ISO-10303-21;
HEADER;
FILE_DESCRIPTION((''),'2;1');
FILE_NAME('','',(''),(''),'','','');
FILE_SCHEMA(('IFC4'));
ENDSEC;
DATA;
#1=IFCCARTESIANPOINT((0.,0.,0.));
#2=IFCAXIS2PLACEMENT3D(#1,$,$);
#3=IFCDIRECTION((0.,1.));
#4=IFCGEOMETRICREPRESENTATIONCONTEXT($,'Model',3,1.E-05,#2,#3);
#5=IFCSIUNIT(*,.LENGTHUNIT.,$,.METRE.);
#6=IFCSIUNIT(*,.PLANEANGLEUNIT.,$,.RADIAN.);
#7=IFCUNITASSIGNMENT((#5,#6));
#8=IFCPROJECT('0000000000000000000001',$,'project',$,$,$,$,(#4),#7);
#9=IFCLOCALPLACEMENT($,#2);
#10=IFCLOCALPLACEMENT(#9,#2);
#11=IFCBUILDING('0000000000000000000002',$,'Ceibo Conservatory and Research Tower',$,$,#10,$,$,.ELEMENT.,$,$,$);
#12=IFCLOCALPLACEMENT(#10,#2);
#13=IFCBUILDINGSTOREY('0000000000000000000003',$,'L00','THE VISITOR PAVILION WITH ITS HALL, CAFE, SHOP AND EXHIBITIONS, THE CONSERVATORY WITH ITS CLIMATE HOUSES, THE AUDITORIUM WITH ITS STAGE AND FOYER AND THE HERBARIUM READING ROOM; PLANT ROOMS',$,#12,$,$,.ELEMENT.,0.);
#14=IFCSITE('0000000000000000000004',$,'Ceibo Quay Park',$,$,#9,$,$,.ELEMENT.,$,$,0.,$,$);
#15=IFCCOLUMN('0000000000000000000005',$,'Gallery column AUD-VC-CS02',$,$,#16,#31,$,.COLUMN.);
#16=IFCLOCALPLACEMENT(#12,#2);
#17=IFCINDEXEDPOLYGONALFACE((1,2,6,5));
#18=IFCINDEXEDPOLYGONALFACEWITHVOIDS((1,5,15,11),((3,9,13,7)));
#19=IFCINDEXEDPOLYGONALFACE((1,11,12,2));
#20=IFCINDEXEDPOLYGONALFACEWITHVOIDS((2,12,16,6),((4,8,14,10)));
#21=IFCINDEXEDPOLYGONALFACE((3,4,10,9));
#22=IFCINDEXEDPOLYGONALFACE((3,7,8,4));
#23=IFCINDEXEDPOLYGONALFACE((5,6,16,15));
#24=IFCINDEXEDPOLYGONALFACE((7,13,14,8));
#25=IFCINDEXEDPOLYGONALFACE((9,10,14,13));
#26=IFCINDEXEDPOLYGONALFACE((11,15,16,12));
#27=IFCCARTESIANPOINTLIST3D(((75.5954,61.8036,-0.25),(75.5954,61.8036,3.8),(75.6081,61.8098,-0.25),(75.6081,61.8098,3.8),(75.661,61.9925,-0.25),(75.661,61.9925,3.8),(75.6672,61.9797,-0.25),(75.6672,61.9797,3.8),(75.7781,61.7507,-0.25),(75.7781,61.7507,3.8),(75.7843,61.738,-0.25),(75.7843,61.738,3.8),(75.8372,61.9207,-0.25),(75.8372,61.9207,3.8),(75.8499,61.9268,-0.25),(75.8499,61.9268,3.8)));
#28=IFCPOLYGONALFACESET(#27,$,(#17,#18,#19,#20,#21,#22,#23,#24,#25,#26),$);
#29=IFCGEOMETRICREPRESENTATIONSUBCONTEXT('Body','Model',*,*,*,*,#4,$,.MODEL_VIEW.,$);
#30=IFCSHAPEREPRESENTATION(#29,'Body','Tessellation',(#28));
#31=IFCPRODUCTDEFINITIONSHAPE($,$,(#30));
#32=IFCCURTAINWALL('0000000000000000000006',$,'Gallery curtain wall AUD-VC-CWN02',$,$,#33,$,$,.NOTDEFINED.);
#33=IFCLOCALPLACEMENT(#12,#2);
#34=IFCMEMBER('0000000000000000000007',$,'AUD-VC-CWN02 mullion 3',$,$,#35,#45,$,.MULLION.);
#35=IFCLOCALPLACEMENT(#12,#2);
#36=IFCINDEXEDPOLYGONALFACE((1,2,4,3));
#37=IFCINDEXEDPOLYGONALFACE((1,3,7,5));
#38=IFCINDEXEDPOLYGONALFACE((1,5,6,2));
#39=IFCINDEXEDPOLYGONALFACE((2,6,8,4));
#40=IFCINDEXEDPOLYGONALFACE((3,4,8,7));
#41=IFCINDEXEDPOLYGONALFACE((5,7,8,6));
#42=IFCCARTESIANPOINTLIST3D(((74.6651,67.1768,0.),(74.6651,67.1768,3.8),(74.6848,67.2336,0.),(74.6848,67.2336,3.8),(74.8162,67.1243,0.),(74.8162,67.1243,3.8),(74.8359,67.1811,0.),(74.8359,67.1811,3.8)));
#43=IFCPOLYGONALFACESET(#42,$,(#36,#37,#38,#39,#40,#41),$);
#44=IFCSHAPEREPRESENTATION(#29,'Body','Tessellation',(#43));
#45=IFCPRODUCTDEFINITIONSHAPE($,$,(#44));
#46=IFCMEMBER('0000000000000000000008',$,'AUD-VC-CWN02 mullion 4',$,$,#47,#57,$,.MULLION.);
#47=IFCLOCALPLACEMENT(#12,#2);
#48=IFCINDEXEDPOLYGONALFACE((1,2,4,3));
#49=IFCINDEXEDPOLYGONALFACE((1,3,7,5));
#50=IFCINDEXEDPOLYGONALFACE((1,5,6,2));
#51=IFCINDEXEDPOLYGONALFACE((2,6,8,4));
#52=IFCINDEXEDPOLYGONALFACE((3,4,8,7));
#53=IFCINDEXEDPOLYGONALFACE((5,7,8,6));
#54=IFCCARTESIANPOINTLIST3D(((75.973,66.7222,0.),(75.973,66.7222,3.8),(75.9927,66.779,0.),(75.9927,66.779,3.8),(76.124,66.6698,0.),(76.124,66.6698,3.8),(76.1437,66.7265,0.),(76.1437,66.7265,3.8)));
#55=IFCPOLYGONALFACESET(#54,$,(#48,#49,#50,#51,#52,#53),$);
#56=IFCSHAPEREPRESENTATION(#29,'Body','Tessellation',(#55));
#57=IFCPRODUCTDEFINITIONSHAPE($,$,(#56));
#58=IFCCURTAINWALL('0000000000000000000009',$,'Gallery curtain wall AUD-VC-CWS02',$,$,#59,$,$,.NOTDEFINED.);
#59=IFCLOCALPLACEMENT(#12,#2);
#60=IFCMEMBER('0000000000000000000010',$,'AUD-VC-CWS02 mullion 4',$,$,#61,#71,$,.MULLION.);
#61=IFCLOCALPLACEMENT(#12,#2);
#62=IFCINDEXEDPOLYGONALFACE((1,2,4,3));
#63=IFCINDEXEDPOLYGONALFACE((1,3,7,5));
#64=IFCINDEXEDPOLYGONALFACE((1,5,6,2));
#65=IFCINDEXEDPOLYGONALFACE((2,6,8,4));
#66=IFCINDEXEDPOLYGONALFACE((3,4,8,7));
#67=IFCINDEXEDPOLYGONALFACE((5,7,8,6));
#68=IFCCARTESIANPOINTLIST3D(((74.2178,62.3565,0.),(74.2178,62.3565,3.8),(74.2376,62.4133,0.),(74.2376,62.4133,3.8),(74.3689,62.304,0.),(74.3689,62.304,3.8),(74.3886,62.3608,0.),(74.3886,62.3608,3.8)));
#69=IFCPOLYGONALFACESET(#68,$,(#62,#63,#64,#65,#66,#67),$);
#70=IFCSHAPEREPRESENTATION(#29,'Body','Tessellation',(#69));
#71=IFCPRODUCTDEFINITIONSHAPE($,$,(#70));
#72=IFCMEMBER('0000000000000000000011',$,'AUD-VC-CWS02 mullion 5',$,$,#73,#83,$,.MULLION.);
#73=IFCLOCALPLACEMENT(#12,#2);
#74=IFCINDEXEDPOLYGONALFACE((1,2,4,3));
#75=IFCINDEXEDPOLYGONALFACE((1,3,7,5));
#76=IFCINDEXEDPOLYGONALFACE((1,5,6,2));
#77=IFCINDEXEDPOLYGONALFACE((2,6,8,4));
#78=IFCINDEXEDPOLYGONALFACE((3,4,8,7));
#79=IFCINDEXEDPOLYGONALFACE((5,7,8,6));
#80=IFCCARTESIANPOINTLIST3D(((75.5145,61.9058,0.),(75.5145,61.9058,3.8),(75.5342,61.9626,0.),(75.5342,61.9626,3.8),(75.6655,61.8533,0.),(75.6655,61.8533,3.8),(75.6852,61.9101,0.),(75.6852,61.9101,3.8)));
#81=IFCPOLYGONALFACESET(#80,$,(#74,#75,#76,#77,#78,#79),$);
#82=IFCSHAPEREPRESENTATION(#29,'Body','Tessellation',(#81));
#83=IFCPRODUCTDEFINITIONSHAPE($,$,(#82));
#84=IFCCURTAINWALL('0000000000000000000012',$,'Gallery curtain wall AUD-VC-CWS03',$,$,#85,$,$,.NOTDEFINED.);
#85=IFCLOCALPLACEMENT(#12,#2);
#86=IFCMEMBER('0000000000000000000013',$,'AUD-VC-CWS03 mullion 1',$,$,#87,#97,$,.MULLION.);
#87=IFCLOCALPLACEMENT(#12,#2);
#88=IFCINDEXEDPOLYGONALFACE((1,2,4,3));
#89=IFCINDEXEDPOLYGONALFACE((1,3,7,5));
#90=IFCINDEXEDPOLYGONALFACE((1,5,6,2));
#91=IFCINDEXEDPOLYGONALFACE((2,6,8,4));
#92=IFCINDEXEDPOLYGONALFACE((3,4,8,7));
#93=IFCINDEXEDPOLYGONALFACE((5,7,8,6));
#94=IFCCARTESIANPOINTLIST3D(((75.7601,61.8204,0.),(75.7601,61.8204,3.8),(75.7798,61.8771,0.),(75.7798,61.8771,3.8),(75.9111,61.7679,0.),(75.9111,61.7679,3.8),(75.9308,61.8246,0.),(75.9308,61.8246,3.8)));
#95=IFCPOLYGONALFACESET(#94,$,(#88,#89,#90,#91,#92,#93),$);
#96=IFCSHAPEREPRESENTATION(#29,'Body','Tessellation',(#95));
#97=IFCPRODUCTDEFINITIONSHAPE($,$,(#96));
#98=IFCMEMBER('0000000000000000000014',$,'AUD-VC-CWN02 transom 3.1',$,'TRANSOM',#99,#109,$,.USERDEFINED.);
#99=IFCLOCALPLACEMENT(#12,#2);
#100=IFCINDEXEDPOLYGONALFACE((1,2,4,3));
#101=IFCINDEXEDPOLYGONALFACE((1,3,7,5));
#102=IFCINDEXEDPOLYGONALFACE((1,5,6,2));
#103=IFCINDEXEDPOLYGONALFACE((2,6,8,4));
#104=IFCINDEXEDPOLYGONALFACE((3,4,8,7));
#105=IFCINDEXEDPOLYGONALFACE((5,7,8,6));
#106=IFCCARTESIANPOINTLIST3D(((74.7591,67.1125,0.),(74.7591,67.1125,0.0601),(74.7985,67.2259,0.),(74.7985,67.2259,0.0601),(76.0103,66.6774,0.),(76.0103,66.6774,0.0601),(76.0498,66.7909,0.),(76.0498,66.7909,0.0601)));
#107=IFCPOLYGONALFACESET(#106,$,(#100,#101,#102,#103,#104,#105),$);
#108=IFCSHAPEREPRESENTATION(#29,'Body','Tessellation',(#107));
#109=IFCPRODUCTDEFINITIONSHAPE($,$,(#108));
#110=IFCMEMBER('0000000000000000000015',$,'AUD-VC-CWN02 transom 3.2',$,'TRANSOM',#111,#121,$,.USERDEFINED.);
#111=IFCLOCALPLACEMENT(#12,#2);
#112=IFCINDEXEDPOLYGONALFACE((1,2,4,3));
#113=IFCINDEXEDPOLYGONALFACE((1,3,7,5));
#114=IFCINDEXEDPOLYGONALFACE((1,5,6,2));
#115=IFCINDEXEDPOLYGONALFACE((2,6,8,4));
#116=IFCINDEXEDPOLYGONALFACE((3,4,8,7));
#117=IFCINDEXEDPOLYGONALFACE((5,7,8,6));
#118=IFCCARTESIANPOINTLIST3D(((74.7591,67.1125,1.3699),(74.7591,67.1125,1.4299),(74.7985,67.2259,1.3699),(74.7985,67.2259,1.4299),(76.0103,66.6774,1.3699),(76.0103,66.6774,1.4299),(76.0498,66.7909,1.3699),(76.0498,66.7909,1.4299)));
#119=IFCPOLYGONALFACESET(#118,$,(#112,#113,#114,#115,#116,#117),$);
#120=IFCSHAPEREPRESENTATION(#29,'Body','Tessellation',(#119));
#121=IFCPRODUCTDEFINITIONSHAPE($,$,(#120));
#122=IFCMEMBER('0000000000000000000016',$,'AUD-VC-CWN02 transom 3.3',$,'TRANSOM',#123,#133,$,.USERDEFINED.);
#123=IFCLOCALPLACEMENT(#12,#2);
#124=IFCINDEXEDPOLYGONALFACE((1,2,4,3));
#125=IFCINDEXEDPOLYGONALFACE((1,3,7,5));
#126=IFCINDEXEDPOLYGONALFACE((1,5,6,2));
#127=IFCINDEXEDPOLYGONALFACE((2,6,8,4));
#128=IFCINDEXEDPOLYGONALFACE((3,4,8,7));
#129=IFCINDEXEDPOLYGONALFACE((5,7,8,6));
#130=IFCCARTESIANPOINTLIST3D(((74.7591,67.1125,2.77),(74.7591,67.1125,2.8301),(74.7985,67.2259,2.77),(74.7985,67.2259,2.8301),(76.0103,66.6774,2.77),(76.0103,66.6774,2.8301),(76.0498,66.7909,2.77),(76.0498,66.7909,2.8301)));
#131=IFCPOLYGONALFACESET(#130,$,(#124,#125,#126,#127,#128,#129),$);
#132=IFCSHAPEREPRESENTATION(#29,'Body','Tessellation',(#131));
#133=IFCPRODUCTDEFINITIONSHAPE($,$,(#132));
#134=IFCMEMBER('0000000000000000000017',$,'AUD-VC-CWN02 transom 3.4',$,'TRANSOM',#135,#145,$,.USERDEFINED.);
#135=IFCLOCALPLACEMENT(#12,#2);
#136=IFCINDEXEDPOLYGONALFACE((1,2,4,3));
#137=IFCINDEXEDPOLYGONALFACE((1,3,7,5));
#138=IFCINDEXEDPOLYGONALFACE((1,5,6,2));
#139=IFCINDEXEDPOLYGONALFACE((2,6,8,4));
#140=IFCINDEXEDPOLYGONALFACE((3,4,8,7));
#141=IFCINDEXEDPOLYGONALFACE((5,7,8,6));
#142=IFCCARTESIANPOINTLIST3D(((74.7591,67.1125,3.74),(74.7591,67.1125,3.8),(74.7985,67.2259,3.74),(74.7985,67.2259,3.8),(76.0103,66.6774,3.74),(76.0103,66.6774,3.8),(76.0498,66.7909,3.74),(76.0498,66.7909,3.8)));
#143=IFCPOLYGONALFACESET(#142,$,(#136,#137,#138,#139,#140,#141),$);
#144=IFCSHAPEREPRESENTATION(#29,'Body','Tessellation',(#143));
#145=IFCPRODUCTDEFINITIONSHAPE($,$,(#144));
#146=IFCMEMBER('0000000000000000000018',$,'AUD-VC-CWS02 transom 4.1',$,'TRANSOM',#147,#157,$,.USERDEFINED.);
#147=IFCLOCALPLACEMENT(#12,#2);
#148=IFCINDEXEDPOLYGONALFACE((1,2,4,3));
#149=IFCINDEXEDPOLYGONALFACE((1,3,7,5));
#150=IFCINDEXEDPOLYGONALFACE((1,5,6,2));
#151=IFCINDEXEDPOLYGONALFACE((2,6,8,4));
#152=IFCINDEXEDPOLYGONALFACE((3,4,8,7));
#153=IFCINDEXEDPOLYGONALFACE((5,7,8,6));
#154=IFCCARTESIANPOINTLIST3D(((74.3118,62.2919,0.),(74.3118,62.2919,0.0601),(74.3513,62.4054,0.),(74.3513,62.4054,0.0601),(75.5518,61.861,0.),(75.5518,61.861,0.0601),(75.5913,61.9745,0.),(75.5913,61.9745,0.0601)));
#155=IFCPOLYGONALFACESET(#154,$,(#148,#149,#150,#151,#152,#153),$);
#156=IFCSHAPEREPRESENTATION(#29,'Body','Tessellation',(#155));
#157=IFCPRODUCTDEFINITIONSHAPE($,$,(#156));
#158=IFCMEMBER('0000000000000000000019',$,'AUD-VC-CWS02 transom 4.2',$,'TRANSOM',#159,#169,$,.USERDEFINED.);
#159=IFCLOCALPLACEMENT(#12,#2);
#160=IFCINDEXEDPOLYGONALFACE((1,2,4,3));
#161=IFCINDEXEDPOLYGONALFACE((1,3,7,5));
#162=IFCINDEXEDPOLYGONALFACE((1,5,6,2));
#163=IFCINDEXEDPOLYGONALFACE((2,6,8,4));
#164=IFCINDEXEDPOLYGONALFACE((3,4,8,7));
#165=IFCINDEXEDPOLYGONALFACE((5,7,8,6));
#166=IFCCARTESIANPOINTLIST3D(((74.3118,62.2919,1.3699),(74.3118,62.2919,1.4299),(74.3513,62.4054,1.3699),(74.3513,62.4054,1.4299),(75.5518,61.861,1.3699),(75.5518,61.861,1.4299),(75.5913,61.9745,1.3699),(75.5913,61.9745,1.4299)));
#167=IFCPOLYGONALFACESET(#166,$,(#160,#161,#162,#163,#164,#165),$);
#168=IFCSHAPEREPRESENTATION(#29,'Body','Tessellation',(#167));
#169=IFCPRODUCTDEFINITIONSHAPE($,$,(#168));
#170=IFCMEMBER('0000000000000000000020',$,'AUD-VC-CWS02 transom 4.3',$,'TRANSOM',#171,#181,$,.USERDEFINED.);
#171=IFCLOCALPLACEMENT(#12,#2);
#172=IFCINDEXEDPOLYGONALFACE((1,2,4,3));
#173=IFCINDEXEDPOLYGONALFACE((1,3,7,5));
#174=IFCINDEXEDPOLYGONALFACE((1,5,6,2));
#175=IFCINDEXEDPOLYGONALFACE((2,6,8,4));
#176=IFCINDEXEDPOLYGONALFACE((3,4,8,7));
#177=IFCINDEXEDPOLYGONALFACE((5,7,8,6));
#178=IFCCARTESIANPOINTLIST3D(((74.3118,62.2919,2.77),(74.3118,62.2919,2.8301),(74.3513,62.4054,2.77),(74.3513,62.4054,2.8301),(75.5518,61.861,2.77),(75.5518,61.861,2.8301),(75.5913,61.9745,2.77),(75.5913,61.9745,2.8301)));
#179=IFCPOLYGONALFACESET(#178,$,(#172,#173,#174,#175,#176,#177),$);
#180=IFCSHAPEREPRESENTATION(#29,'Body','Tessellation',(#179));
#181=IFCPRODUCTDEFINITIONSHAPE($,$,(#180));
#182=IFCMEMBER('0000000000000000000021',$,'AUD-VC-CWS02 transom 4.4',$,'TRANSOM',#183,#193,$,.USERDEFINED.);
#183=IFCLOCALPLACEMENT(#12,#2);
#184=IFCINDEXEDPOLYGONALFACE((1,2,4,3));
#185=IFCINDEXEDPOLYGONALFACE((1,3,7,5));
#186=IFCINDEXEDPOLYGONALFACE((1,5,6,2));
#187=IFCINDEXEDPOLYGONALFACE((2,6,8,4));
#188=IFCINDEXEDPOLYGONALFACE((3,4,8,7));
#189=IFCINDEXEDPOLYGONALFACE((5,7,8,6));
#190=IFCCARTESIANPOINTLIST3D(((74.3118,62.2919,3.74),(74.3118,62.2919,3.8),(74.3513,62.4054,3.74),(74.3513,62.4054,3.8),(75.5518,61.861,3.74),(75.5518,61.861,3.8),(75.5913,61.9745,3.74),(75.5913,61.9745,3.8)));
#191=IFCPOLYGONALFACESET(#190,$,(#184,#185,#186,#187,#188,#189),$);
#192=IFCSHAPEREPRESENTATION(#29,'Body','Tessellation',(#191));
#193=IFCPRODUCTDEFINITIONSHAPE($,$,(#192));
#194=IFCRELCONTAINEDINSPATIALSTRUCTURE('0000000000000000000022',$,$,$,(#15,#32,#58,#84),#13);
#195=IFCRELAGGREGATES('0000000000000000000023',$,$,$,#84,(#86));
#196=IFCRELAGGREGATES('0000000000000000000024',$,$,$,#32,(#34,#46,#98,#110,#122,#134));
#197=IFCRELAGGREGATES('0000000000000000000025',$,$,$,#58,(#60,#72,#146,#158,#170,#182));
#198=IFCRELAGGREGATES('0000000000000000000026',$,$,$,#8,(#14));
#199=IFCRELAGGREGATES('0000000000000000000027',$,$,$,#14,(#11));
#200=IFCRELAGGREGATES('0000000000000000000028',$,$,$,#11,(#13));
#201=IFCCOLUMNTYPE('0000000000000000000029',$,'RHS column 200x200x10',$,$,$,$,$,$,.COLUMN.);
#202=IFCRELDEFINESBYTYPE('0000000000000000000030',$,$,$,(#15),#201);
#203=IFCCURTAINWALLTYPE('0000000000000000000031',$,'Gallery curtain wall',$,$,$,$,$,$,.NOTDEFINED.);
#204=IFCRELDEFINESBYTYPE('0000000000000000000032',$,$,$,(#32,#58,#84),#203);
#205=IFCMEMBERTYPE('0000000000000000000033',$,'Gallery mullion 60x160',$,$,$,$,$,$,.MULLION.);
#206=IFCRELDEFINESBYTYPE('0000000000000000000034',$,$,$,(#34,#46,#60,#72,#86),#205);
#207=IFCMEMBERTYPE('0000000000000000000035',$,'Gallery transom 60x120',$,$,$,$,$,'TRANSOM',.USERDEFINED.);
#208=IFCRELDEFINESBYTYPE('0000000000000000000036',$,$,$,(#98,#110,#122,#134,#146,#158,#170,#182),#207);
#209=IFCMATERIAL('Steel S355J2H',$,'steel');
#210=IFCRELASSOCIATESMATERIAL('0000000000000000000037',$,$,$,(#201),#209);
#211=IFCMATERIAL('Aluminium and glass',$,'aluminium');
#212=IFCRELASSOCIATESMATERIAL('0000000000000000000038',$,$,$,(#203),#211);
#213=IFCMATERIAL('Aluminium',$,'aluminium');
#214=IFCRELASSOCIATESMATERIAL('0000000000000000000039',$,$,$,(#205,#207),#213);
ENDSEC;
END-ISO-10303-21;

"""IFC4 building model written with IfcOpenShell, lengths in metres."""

from ifc_helpers import new_model, si_unit, direction, frame, origin, origin_2d, place, context, subcontext, project, spatial, rectangle, hollow_rectangle, extrude, material, material_profile, profile_set, type_object, element, aggregate, save


model = new_model("IFC4")

# Units and contexts
model_context = context("Model", 3, precision=1e-05, world=origin(), true_north=direction((0.0, 1.0)))
body_context = subcontext(model_context, "Body", "Model", "MODEL_VIEW")
ifc_project = project(units=[si_unit("LENGTHUNIT", "METRE"), si_unit("PLANEANGLEUNIT", "RADIAN")], contexts=[model_context])

# Site, building, storey
site_placement = place(None, origin())
site = spatial("IfcSite", under=ifc_project, at=site_placement, Name="Ceibo Quay Park", CompositionType="ELEMENT", RefElevation=0.0)
building_placement = place(site_placement, origin())
building = spatial("IfcBuilding", under=site, at=building_placement, Name="Ceibo Conservatory and Research Tower", CompositionType="ELEMENT")
storey_placement = place(building_placement, origin())
storey = spatial("IfcBuildingStorey", under=building, at=storey_placement, Name="L00", Description="THE VISITOR PAVILION WITH ITS HALL, CAFE, SHOP AND EXHIBITIONS, THE CONSERVATORY WITH ITS CLIMATE HOUSES, THE AUDITORIUM WITH ITS STAGE AND FOYER AND THE HERBARIUM READING ROOM; PLANT ROOMS", CompositionType="ELEMENT", Elevation=0.0)

# Column
ifc_material_1 = material(Name="Steel S355J2H", Category="steel")
ifc_material_profile_1 = material_profile(ifc_material_1, hollow_rectangle(XDim=0.2, YDim=0.2, WallThickness=0.01, at=origin_2d()), Name="RHS column 200x200x10")
ifc_profile_set_1 = profile_set([ifc_material_profile_1], Name="Steel S355J2H")
column_type = type_object("IfcColumnType", Name="RHS column 200x200x10", PredefinedType="COLUMN", material=ifc_profile_set_1)
column_placement = place(storey_placement, frame((75.7227, 61.8652, -0.25), z_axis=(0.0, 0.0, 1.0), x_axis=(0.944579, -0.328284, 0.0)))
element("IfcColumn", 1, at=column_placement, inside=storey, type_object=column_type, Name="Gallery column AUD-VC-CS02", PredefinedType="COLUMN", context=body_context, shape_type="SweptSolid", body=[
    extrude(hollow_rectangle(XDim=0.2, YDim=0.2, WallThickness=0.01, at=origin_2d()), origin(), (0.0, 0.0, 1.0), 4.05),
])

# Curtain walls, members
ifc_material_2 = material(Name="Aluminium and glass", Category="aluminium")
curtain_wall_type = type_object("IfcCurtainWallType", Name="Gallery curtain wall", PredefinedType="NOTDEFINED", material=ifc_material_2)
curtain_wall_1_placement = place(storey_placement, origin())
curtain_wall_1 = element("IfcCurtainWall", 2, at=curtain_wall_1_placement, inside=storey, type_object=curtain_wall_type, Name="Gallery curtain wall AUD-VC-CWN02", PredefinedType="NOTDEFINED")
ifc_material_3 = material(Name="Aluminium", Category="aluminium")
ifc_material_profile_2 = material_profile(ifc_material_3, rectangle(XDim=0.0601, YDim=0.1599, at=origin_2d()), Name="AL 60x160")
ifc_profile_set_2 = profile_set([ifc_material_profile_2], Name="Aluminium")
member_type_1 = type_object("IfcMemberType", Name="Gallery mullion 60x160", PredefinedType="MULLION", material=ifc_profile_set_2)
member_1_placement = place(storey_placement, frame((74.7505, 67.179, 0.0), z_axis=(0.0, 0.0, 1.0), x_axis=(0.328284, 0.944579, 0.0)))
member_1 = element("IfcMember", 3, at=member_1_placement, type_object=member_type_1, Name="AUD-VC-CWN02 mullion 3", PredefinedType="MULLION", context=body_context, shape_type="SweptSolid", body=[
    extrude(rectangle(XDim=0.0601, YDim=0.1599, at=origin_2d()), origin(), (0.0, 0.0, 1.0), 3.8),
])
member_2_placement = place(storey_placement, frame((76.0583, 66.7244, 0.0), z_axis=(0.0, 0.0, 1.0), x_axis=(0.328284, 0.944579, 0.0)))
member_2 = element("IfcMember", 4, at=member_2_placement, type_object=member_type_1, Name="AUD-VC-CWN02 mullion 4", PredefinedType="MULLION", context=body_context, shape_type="SweptSolid", body=[
    extrude(rectangle(XDim=0.0601, YDim=0.1599, at=origin_2d()), origin(), (0.0, 0.0, 1.0), 3.8),
])
curtain_wall_2_placement = place(storey_placement, origin())
curtain_wall_2 = element("IfcCurtainWall", 5, at=curtain_wall_2_placement, inside=storey, type_object=curtain_wall_type, Name="Gallery curtain wall AUD-VC-CWS02", PredefinedType="NOTDEFINED")
member_3_placement = place(storey_placement, frame((74.3032, 62.3586, 0.0), z_axis=(0.0, 0.0, 1.0), x_axis=(0.328284, 0.944579, 0.0)))
member_3 = element("IfcMember", 6, at=member_3_placement, type_object=member_type_1, Name="AUD-VC-CWS02 mullion 4", PredefinedType="MULLION", context=body_context, shape_type="SweptSolid", body=[
    extrude(rectangle(XDim=0.0601, YDim=0.1599, at=origin_2d()), origin(), (0.0, 0.0, 1.0), 3.8),
])
member_4_placement = place(storey_placement, frame((75.5999, 61.908, 0.0), z_axis=(0.0, 0.0, 1.0), x_axis=(0.328284, 0.944579, 0.0)))
member_4 = element("IfcMember", 7, at=member_4_placement, type_object=member_type_1, Name="AUD-VC-CWS02 mullion 5", PredefinedType="MULLION", context=body_context, shape_type="SweptSolid", body=[
    extrude(rectangle(XDim=0.0601, YDim=0.1599, at=origin_2d()), origin(), (0.0, 0.0, 1.0), 3.8),
])

# Curtain wall, member
curtain_wall_3_placement = place(storey_placement, origin())
curtain_wall_3 = element("IfcCurtainWall", 8, at=curtain_wall_3_placement, inside=storey, type_object=curtain_wall_type, Name="Gallery curtain wall AUD-VC-CWS03", PredefinedType="NOTDEFINED")
member_5_placement = place(storey_placement, frame((75.8455, 61.8225, 0.0), z_axis=(0.0, 0.0, 1.0), x_axis=(0.328284, 0.944579, 0.0)))
member_5 = element("IfcMember", 9, at=member_5_placement, type_object=member_type_1, Name="AUD-VC-CWS03 mullion 1", PredefinedType="MULLION", context=body_context, shape_type="SweptSolid", body=[
    extrude(rectangle(XDim=0.0601, YDim=0.1599, at=origin_2d()), origin(), (0.0, 0.0, 1.0), 3.8),
])

# Members
ifc_material_profile_3 = material_profile(ifc_material_3, rectangle(XDim=0.1201, YDim=0.0601, at=origin_2d()), Name="AL 60x120")
ifc_profile_set_3 = profile_set([ifc_material_profile_3], Name="Aluminium")
member_type_2 = type_object("IfcMemberType", Name="Gallery transom 60x120", ElementType="TRANSOM", PredefinedType="USERDEFINED", material=ifc_profile_set_3)
member_6_placement = place(storey_placement, frame((74.7788, 67.1692, 0.03), z_axis=(0.944532, -0.328421, 0.0), x_axis=(0.328421, 0.944532, 0.0)))
member_6 = element("IfcMember", 10, at=member_6_placement, type_object=member_type_2, Name="AUD-VC-CWN02 transom 3.1", ObjectType="TRANSOM", PredefinedType="USERDEFINED", context=body_context, shape_type="SweptSolid", body=[
    extrude(rectangle(XDim=0.1201, YDim=0.0601, at=origin_2d()), origin(), (0.0, 0.0, 1.0), 1.3247),
])
member_7_placement = place(storey_placement, frame((74.7788, 67.1692, 1.3999), z_axis=(0.944532, -0.328421, 0.0), x_axis=(0.328421, 0.944532, 0.0)))
member_7 = element("IfcMember", 11, at=member_7_placement, type_object=member_type_2, Name="AUD-VC-CWN02 transom 3.2", ObjectType="TRANSOM", PredefinedType="USERDEFINED", context=body_context, shape_type="SweptSolid", body=[
    extrude(rectangle(XDim=0.1201, YDim=0.0601, at=origin_2d()), origin(), (0.0, 0.0, 1.0), 1.3247),
])
member_8_placement = place(storey_placement, frame((74.7788, 67.1692, 2.8), z_axis=(0.944532, -0.328421, 0.0), x_axis=(0.328421, 0.944532, 0.0)))
member_8 = element("IfcMember", 12, at=member_8_placement, type_object=member_type_2, Name="AUD-VC-CWN02 transom 3.3", ObjectType="TRANSOM", PredefinedType="USERDEFINED", context=body_context, shape_type="SweptSolid", body=[
    extrude(rectangle(XDim=0.1201, YDim=0.0601, at=origin_2d()), origin(), (0.0, 0.0, 1.0), 1.3247),
])
member_9_placement = place(storey_placement, frame((74.7788, 67.1692, 3.77), z_axis=(0.944532, -0.328421, 0.0), x_axis=(0.328421, 0.944532, 0.0)))
member_9 = element("IfcMember", 13, at=member_9_placement, type_object=member_type_2, Name="AUD-VC-CWN02 transom 3.4", ObjectType="TRANSOM", PredefinedType="USERDEFINED", context=body_context, shape_type="SweptSolid", body=[
    extrude(rectangle(XDim=0.1201, YDim=0.0601, at=origin_2d()), origin(), (0.0, 0.0, 1.0), 1.3247),
])
member_10_placement = place(storey_placement, frame((74.3315, 62.3486, 0.03), z_axis=(0.94459, -0.328254, 0.0), x_axis=(0.328254, 0.94459, 0.0)))
member_10 = element("IfcMember", 14, at=member_10_placement, type_object=member_type_2, Name="AUD-VC-CWS02 transom 4.1", ObjectType="TRANSOM", PredefinedType="USERDEFINED", context=body_context, shape_type="SweptSolid", body=[
    extrude(rectangle(XDim=0.1201, YDim=0.0601, at=origin_2d()), origin(), (0.0, 0.0, 1.0), 1.3127),
])
member_11_placement = place(storey_placement, frame((74.3315, 62.3486, 1.3999), z_axis=(0.94459, -0.328254, 0.0), x_axis=(0.328254, 0.94459, 0.0)))
member_11 = element("IfcMember", 15, at=member_11_placement, type_object=member_type_2, Name="AUD-VC-CWS02 transom 4.2", ObjectType="TRANSOM", PredefinedType="USERDEFINED", context=body_context, shape_type="SweptSolid", body=[
    extrude(rectangle(XDim=0.1201, YDim=0.0601, at=origin_2d()), origin(), (0.0, 0.0, 1.0), 1.3127),
])
member_12_placement = place(storey_placement, frame((74.3315, 62.3486, 2.8), z_axis=(0.94459, -0.328254, 0.0), x_axis=(0.328254, 0.94459, 0.0)))
member_12 = element("IfcMember", 16, at=member_12_placement, type_object=member_type_2, Name="AUD-VC-CWS02 transom 4.3", ObjectType="TRANSOM", PredefinedType="USERDEFINED", context=body_context, shape_type="SweptSolid", body=[
    extrude(rectangle(XDim=0.1201, YDim=0.0601, at=origin_2d()), origin(), (0.0, 0.0, 1.0), 1.3127),
])
member_13_placement = place(storey_placement, frame((74.3315, 62.3486, 3.77), z_axis=(0.94459, -0.328254, 0.0), x_axis=(0.328254, 0.94459, 0.0)))
member_13 = element("IfcMember", 17, at=member_13_placement, type_object=member_type_2, Name="AUD-VC-CWS02 transom 4.4", ObjectType="TRANSOM", PredefinedType="USERDEFINED", context=body_context, shape_type="SweptSolid", body=[
    extrude(rectangle(XDim=0.1201, YDim=0.0601, at=origin_2d()), origin(), (0.0, 0.0, 1.0), 1.3127),
])
aggregate(curtain_wall_3, [member_5])

aggregate(curtain_wall_1, [member_1, member_2, member_6, member_7, member_8, member_9])
aggregate(curtain_wall_2, [member_3, member_4, member_10, member_11, member_12, member_13])

save(model, "model.ifc")
